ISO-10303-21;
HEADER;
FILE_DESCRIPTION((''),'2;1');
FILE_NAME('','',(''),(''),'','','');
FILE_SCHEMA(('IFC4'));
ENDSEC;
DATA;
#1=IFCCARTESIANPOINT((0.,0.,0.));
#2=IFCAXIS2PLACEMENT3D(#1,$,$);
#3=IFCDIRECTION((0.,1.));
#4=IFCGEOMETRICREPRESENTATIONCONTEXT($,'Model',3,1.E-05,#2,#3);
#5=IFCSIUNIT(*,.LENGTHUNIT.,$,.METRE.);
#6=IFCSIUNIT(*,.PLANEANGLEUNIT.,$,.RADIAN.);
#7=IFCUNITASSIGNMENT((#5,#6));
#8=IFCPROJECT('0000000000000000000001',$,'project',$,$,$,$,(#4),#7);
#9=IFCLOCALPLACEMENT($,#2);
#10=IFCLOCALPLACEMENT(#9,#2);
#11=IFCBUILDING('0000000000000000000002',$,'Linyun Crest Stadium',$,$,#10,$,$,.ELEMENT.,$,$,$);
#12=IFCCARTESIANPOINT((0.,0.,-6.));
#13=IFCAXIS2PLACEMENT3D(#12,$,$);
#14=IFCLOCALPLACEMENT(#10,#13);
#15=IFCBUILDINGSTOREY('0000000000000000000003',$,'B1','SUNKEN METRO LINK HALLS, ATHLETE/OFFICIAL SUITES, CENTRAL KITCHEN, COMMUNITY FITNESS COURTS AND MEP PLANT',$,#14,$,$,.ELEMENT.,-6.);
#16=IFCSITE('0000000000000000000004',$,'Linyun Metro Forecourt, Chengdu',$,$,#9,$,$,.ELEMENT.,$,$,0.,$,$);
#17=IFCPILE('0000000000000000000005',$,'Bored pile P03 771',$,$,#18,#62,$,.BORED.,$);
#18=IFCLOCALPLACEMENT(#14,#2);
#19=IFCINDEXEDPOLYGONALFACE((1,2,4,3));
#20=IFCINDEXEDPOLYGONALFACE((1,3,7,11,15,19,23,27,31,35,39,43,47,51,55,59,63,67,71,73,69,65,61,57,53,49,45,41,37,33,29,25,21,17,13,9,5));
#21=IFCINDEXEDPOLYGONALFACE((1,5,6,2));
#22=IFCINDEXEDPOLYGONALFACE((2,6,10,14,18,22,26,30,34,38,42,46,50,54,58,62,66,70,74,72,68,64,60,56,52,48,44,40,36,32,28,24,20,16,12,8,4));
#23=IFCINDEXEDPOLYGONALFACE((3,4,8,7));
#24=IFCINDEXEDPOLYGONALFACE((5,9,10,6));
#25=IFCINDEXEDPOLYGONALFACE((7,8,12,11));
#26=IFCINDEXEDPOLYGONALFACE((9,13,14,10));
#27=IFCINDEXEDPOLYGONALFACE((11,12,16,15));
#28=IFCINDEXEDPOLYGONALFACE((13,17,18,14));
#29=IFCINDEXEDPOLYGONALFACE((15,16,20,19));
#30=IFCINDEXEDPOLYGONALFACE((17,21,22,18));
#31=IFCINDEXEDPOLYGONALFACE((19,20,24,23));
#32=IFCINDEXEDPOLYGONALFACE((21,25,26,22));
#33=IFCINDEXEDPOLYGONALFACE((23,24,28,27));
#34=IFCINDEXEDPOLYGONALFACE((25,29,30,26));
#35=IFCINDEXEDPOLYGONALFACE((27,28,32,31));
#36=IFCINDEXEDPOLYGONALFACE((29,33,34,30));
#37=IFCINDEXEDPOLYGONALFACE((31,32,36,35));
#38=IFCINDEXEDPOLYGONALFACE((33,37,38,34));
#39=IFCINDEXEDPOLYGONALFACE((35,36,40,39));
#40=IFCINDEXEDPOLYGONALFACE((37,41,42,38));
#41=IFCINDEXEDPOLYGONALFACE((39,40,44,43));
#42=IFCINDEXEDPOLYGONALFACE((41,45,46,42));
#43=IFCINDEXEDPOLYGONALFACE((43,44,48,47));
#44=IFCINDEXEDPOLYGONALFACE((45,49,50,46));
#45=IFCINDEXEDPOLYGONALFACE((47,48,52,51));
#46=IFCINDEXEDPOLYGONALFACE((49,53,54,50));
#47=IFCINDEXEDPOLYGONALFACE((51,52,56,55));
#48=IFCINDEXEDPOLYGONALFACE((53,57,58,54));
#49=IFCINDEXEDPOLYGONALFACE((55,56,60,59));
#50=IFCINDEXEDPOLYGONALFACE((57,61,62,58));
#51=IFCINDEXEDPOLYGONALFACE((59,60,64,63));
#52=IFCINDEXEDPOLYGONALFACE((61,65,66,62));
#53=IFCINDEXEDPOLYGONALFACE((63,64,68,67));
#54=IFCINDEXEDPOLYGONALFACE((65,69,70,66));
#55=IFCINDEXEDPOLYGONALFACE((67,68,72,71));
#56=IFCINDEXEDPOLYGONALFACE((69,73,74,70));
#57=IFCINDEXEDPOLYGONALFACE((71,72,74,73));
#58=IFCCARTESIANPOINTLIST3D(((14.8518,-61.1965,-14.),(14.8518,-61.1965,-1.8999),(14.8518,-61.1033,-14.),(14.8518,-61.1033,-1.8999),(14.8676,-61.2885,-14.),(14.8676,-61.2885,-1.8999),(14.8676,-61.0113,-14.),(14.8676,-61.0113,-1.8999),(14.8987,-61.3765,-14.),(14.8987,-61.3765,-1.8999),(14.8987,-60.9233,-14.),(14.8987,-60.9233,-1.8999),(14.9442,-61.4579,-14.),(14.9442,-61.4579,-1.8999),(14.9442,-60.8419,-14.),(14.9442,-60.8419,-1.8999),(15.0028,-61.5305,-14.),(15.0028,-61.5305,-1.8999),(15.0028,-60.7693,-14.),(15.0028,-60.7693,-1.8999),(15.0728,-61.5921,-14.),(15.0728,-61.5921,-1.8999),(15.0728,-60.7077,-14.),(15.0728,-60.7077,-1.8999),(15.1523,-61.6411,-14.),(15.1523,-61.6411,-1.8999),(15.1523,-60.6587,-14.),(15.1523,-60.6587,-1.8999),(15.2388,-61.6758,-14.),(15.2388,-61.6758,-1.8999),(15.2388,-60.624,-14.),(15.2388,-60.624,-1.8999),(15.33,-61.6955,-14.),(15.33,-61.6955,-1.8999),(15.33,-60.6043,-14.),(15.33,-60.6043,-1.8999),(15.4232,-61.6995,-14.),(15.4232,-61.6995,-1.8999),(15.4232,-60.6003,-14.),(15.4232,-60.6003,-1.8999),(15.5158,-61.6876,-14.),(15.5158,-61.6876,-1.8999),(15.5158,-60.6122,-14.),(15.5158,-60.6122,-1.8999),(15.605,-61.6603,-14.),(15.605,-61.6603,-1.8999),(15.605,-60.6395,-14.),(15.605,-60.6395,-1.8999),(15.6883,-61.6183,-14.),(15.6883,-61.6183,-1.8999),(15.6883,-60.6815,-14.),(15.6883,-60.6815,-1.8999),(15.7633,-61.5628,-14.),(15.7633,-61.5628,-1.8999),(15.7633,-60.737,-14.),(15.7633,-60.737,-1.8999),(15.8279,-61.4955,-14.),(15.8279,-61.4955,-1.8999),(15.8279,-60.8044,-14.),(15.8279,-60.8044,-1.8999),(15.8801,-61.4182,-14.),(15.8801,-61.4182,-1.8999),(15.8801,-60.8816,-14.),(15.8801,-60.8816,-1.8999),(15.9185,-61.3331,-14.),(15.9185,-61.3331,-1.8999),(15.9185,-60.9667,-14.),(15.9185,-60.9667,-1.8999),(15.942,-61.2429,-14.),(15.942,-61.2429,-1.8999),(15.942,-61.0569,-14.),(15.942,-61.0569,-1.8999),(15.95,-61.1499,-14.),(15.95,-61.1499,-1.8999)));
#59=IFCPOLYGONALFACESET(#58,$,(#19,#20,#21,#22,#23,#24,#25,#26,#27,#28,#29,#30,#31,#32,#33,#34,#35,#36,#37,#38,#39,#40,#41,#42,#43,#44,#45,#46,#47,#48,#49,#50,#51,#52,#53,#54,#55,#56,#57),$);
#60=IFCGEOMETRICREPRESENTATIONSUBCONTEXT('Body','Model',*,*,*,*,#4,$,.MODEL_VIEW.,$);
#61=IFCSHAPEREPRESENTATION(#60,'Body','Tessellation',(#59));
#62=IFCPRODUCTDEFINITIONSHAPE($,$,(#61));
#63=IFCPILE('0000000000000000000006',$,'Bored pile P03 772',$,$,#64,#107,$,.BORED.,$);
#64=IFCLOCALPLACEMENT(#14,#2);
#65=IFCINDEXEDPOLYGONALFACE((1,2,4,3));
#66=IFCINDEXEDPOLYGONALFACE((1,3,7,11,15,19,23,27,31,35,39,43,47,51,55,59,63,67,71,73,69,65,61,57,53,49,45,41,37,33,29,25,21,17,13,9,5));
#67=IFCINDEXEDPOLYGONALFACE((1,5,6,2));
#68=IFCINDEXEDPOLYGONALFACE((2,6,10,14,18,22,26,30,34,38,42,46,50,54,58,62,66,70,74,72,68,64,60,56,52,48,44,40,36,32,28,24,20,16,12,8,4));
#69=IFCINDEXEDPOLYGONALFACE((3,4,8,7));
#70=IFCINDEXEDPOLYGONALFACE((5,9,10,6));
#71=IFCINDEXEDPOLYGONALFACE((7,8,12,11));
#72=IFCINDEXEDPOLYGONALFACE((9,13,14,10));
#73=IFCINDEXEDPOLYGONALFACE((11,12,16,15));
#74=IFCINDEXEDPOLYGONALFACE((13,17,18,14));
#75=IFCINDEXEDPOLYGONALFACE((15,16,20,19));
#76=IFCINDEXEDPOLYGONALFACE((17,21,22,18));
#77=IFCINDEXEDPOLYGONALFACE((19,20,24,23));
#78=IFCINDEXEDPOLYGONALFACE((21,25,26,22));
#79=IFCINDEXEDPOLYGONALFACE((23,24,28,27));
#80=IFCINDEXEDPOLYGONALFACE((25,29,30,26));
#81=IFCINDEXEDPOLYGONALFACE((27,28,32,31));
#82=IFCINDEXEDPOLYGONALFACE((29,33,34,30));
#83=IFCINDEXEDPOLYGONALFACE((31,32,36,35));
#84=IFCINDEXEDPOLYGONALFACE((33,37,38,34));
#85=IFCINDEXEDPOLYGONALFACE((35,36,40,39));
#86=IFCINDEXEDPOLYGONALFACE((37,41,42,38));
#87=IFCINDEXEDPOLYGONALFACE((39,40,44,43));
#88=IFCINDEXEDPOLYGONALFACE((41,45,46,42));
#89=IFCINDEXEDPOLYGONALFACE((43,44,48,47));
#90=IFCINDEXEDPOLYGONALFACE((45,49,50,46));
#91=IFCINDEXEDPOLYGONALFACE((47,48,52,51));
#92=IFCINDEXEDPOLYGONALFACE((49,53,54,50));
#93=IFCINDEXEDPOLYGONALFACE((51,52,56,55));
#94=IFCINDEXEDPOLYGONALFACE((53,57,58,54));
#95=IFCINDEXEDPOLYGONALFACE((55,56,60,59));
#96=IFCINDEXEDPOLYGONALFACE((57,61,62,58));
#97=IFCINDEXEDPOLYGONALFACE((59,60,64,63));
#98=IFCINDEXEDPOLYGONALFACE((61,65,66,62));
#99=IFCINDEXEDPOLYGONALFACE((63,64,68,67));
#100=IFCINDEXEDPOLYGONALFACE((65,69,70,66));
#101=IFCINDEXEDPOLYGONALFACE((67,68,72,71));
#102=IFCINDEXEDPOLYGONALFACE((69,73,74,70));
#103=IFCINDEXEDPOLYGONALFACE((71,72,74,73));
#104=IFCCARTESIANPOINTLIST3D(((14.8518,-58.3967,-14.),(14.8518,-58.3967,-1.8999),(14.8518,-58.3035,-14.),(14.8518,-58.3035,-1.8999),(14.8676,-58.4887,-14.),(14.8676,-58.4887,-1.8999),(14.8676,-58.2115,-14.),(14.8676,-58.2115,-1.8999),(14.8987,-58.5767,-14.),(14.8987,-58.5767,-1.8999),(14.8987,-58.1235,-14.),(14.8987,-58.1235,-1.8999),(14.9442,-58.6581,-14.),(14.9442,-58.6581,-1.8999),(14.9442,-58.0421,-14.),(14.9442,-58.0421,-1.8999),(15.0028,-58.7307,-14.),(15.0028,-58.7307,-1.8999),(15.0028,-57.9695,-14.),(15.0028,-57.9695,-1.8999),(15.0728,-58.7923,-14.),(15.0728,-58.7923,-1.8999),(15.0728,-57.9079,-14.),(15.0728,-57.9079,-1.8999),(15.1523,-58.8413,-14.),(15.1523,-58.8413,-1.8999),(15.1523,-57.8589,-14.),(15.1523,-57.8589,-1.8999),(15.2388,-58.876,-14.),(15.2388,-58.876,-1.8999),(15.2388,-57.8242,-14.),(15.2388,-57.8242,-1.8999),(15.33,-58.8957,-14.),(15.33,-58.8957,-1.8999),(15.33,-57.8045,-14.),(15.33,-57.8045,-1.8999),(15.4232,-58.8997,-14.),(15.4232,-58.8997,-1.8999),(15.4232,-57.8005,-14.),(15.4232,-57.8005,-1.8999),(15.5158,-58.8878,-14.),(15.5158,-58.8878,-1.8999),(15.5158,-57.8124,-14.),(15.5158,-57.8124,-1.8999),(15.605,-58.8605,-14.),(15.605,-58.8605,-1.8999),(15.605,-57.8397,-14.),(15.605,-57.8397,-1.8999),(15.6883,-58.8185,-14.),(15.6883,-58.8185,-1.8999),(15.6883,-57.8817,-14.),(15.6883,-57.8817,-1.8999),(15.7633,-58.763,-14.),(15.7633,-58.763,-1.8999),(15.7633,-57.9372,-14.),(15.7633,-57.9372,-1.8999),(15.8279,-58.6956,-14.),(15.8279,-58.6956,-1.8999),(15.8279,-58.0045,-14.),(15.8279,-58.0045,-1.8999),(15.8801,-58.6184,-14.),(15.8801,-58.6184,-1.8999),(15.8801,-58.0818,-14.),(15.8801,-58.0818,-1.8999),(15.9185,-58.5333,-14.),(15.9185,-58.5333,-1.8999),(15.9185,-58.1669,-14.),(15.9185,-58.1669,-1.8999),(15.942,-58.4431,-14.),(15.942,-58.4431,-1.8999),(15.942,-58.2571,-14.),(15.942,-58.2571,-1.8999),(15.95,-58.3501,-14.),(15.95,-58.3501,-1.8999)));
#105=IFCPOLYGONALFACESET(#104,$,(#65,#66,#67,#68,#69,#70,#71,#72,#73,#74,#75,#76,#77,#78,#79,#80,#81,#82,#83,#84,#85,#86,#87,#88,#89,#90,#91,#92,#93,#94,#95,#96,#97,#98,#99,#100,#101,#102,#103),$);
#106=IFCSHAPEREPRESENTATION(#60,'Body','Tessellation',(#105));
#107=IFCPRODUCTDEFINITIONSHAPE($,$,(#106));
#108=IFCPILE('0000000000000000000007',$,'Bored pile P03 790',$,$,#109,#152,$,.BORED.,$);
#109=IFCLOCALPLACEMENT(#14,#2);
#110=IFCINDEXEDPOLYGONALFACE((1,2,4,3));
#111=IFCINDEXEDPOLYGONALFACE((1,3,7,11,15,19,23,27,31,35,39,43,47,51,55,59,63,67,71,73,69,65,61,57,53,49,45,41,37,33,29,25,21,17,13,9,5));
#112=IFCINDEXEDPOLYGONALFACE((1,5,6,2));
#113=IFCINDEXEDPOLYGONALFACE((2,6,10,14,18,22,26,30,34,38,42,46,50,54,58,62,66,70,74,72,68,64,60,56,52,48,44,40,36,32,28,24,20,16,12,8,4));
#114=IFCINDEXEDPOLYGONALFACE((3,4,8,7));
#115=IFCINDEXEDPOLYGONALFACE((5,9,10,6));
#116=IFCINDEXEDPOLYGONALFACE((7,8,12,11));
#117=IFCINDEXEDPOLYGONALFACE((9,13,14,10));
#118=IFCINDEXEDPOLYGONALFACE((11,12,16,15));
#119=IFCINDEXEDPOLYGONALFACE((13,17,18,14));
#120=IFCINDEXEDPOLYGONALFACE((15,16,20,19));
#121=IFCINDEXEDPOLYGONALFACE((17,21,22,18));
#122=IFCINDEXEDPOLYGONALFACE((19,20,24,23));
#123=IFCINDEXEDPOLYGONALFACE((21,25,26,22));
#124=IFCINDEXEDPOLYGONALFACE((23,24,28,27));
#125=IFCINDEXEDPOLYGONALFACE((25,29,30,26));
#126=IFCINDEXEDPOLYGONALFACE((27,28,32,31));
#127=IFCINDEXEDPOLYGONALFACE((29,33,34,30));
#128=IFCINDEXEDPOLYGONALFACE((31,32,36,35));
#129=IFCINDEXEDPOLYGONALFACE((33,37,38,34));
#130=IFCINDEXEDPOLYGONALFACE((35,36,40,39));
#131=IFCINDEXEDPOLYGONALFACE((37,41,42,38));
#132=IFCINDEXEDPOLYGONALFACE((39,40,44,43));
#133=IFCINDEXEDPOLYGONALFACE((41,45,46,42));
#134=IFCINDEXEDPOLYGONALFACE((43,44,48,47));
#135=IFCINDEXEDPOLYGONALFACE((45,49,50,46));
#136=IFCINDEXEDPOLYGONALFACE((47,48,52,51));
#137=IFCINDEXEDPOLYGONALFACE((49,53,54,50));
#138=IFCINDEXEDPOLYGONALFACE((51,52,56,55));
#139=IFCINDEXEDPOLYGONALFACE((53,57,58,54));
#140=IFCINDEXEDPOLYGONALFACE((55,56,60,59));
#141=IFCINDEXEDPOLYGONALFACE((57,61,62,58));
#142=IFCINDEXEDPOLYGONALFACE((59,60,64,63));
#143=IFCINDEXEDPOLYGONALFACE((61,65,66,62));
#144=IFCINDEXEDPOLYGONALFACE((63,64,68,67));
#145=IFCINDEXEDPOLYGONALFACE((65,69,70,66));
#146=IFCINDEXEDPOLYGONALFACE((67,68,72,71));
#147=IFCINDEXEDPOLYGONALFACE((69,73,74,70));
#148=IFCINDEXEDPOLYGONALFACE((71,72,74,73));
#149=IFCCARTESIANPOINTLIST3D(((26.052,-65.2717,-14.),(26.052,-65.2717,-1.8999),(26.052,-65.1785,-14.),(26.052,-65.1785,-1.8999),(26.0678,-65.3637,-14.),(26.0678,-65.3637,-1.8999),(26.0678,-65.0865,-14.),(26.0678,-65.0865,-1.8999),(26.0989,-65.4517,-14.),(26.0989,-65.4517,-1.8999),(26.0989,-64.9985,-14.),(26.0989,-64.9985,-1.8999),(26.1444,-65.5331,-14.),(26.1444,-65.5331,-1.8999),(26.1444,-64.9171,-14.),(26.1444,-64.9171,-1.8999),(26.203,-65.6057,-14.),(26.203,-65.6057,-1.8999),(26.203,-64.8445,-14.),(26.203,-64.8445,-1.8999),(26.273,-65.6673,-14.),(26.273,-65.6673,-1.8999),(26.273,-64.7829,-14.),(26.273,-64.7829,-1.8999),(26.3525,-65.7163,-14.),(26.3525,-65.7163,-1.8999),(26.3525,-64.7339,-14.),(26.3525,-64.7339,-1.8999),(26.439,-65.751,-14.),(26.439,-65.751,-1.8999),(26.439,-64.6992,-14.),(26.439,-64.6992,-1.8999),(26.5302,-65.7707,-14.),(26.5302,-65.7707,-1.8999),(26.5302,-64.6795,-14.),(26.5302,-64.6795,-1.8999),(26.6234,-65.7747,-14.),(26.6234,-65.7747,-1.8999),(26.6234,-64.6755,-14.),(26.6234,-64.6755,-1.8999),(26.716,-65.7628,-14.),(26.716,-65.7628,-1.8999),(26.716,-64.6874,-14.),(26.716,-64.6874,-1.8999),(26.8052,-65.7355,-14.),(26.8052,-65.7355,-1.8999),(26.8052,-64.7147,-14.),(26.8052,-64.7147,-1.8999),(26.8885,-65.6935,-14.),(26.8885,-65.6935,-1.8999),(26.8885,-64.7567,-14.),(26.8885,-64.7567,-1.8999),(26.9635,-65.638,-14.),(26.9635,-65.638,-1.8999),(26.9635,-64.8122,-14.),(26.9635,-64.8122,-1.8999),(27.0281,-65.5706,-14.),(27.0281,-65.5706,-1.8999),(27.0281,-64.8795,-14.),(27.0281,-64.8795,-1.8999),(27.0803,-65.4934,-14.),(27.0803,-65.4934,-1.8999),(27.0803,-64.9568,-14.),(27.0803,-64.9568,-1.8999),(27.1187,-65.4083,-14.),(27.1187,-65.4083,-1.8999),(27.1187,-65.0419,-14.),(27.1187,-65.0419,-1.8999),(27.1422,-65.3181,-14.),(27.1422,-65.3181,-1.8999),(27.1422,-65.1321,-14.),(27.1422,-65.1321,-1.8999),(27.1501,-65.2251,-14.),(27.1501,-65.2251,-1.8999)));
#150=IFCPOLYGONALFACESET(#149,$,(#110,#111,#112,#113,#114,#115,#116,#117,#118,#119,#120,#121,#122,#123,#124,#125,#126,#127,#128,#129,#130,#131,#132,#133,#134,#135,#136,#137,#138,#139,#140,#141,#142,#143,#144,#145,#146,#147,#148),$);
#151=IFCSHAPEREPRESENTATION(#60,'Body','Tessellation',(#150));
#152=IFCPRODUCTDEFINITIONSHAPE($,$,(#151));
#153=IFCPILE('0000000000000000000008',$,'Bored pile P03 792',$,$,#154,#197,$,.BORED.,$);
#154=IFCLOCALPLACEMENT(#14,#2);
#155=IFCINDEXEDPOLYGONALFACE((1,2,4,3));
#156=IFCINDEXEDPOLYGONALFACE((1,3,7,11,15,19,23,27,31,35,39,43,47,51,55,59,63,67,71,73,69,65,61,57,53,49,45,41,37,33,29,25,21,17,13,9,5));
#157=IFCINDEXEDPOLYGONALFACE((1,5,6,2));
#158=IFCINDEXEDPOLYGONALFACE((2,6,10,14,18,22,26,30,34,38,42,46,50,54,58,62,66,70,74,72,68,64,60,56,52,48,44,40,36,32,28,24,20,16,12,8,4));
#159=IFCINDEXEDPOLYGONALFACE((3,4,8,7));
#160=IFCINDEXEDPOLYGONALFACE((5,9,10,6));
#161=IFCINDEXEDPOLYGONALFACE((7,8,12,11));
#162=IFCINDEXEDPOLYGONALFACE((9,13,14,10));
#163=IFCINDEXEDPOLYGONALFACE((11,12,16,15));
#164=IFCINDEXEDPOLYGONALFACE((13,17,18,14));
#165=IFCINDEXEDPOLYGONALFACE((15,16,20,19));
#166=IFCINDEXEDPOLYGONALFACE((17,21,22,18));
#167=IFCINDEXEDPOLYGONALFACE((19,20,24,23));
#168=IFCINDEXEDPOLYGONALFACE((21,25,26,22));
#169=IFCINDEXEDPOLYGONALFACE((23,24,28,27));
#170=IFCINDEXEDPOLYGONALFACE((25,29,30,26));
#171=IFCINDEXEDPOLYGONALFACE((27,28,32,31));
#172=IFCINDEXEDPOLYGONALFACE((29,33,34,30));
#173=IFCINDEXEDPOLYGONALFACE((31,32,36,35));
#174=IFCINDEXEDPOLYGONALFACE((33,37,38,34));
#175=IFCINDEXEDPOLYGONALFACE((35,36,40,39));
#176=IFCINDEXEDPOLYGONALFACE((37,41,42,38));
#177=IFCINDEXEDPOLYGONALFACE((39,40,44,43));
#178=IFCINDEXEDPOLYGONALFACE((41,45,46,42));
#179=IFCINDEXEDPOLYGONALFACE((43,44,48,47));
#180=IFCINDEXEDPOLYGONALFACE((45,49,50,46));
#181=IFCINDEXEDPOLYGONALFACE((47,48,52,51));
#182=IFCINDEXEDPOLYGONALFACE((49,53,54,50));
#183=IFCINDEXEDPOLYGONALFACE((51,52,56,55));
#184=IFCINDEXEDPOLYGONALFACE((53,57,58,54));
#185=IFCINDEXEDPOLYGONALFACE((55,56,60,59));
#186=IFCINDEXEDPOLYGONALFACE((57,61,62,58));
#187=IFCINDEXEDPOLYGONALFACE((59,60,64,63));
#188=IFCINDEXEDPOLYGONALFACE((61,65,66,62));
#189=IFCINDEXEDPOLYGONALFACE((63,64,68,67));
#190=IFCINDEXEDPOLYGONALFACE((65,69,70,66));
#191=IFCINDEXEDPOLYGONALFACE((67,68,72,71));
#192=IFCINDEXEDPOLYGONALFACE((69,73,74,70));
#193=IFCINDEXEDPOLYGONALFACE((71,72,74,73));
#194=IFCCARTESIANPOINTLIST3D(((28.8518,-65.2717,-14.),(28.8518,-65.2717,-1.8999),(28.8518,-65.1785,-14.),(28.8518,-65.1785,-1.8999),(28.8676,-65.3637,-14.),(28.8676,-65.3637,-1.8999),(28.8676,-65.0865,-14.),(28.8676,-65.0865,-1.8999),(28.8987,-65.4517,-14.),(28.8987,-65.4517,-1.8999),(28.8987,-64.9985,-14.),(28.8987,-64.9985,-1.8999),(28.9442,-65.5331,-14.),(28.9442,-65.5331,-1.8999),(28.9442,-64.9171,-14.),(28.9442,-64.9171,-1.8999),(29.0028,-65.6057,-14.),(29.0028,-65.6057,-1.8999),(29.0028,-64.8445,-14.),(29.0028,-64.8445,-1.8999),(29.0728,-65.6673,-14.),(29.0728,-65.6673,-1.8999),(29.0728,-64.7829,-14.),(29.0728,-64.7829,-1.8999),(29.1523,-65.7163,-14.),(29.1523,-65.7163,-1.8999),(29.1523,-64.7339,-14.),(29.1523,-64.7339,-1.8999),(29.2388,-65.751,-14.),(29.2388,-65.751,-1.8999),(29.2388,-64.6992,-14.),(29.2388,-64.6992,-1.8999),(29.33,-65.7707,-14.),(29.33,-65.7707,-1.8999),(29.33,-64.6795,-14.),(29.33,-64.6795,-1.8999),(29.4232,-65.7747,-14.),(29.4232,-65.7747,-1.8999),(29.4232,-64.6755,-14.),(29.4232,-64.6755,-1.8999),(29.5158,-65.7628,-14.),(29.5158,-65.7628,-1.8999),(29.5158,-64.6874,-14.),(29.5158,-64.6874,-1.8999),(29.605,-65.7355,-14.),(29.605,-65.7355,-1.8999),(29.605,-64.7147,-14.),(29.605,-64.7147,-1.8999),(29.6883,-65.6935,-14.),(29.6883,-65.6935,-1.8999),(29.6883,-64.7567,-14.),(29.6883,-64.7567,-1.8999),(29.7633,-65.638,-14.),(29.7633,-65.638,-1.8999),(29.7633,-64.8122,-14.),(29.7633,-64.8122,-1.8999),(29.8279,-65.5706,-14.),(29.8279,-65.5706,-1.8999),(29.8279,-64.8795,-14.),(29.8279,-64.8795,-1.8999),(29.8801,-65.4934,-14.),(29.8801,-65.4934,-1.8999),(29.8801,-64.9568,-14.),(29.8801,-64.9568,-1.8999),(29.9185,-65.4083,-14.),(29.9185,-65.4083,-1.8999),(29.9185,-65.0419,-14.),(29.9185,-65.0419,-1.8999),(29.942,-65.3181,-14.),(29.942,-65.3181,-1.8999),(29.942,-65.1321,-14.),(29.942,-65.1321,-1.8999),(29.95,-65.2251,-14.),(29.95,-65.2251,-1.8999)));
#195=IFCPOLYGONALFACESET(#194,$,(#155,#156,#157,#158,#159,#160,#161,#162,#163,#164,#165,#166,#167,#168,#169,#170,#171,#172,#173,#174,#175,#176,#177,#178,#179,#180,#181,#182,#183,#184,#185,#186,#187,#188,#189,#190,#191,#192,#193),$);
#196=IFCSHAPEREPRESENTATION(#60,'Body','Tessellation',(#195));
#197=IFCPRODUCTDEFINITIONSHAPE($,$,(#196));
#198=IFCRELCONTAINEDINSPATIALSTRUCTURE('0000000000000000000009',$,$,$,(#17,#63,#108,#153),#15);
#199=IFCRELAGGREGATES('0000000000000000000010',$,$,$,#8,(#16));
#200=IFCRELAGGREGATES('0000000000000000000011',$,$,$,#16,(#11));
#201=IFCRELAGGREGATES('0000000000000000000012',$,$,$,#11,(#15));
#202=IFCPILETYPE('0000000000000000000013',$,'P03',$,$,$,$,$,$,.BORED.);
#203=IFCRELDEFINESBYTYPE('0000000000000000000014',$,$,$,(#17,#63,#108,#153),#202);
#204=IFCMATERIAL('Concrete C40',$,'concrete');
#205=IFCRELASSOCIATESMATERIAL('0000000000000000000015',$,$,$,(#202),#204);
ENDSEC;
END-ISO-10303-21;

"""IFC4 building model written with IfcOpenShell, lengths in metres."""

from ifc_helpers import new_model, si_unit, direction, frame, origin, origin_2d, place, context, subcontext, project, spatial, circle, extrude, material, material_profile, profile_set, type_object, element, save


model = new_model("IFC4")

# Units and contexts
model_context = context("Model", 3, precision=1e-05, world=origin(), true_north=direction((0.0, 1.0)))
body_context = subcontext(model_context, "Body", "Model", "MODEL_VIEW")
ifc_project = project(units=[si_unit("LENGTHUNIT", "METRE"), si_unit("PLANEANGLEUNIT", "RADIAN")], contexts=[model_context])

# Site, building, storey
site_placement = place(None, origin())
site = spatial("IfcSite", under=ifc_project, at=site_placement, Name="Linyun Metro Forecourt, Chengdu", CompositionType="ELEMENT", RefElevation=0.0)
building_placement = place(site_placement, origin())
building = spatial("IfcBuilding", under=site, at=building_placement, Name="Linyun Crest Stadium", CompositionType="ELEMENT")
storey_placement = place(building_placement, frame((0.0, 0.0, -6.0)))
storey = spatial("IfcBuildingStorey", under=building, at=storey_placement, Name="B1", Description="SUNKEN METRO LINK HALLS, ATHLETE/OFFICIAL SUITES, CENTRAL KITCHEN, COMMUNITY FITNESS COURTS AND MEP PLANT", CompositionType="ELEMENT", Elevation=-6.0)

# Piles
ifc_material_1 = material(Name="Concrete C40", Category="concrete")
ifc_material_profile_1 = material_profile(ifc_material_1, circle(Radius=0.55, at=origin_2d()), Name="BORED PILE 1100")
ifc_profile_set_1 = profile_set([ifc_material_profile_1], Name="Concrete C40")
pile_type_1 = type_object("IfcPileType", Name="P03", PredefinedType="BORED", material=ifc_profile_set_1)
for number, where, z_axis, x_axis, name in (
    (1, (15.3999, -61.1499, -1.8999), (0.0, 0.0, -1.0), (1.0, 0.0, 0.0), "Bored pile P03 771"),
    (2, (15.3999, -58.3501, -1.8999), (0.0, 0.0, -1.0), (1.0, 0.0, 0.0), "Bored pile P03 772"),
    (3, (26.6001, -65.2251, -1.8999), (0.0, 0.0, -1.0), (1.0, 0.0, 0.0), "Bored pile P03 790"),
    (4, (29.3999, -65.2251, -1.8999), (0.0, 0.0, -1.0), (1.0, 0.0, 0.0), "Bored pile P03 792"),
):
    element("IfcPile", number, at=place(storey_placement, frame(where, z_axis=z_axis, x_axis=x_axis)), inside=storey, type_object=pile_type_1, Name=name, PredefinedType="BORED", context=body_context, shape_type="SweptSolid", body=[
        extrude(circle(Radius=0.55, at=origin_2d()), origin(), (0.0, 0.0, 1.0), 12.1001),
    ])

save(model, "model.ifc")
